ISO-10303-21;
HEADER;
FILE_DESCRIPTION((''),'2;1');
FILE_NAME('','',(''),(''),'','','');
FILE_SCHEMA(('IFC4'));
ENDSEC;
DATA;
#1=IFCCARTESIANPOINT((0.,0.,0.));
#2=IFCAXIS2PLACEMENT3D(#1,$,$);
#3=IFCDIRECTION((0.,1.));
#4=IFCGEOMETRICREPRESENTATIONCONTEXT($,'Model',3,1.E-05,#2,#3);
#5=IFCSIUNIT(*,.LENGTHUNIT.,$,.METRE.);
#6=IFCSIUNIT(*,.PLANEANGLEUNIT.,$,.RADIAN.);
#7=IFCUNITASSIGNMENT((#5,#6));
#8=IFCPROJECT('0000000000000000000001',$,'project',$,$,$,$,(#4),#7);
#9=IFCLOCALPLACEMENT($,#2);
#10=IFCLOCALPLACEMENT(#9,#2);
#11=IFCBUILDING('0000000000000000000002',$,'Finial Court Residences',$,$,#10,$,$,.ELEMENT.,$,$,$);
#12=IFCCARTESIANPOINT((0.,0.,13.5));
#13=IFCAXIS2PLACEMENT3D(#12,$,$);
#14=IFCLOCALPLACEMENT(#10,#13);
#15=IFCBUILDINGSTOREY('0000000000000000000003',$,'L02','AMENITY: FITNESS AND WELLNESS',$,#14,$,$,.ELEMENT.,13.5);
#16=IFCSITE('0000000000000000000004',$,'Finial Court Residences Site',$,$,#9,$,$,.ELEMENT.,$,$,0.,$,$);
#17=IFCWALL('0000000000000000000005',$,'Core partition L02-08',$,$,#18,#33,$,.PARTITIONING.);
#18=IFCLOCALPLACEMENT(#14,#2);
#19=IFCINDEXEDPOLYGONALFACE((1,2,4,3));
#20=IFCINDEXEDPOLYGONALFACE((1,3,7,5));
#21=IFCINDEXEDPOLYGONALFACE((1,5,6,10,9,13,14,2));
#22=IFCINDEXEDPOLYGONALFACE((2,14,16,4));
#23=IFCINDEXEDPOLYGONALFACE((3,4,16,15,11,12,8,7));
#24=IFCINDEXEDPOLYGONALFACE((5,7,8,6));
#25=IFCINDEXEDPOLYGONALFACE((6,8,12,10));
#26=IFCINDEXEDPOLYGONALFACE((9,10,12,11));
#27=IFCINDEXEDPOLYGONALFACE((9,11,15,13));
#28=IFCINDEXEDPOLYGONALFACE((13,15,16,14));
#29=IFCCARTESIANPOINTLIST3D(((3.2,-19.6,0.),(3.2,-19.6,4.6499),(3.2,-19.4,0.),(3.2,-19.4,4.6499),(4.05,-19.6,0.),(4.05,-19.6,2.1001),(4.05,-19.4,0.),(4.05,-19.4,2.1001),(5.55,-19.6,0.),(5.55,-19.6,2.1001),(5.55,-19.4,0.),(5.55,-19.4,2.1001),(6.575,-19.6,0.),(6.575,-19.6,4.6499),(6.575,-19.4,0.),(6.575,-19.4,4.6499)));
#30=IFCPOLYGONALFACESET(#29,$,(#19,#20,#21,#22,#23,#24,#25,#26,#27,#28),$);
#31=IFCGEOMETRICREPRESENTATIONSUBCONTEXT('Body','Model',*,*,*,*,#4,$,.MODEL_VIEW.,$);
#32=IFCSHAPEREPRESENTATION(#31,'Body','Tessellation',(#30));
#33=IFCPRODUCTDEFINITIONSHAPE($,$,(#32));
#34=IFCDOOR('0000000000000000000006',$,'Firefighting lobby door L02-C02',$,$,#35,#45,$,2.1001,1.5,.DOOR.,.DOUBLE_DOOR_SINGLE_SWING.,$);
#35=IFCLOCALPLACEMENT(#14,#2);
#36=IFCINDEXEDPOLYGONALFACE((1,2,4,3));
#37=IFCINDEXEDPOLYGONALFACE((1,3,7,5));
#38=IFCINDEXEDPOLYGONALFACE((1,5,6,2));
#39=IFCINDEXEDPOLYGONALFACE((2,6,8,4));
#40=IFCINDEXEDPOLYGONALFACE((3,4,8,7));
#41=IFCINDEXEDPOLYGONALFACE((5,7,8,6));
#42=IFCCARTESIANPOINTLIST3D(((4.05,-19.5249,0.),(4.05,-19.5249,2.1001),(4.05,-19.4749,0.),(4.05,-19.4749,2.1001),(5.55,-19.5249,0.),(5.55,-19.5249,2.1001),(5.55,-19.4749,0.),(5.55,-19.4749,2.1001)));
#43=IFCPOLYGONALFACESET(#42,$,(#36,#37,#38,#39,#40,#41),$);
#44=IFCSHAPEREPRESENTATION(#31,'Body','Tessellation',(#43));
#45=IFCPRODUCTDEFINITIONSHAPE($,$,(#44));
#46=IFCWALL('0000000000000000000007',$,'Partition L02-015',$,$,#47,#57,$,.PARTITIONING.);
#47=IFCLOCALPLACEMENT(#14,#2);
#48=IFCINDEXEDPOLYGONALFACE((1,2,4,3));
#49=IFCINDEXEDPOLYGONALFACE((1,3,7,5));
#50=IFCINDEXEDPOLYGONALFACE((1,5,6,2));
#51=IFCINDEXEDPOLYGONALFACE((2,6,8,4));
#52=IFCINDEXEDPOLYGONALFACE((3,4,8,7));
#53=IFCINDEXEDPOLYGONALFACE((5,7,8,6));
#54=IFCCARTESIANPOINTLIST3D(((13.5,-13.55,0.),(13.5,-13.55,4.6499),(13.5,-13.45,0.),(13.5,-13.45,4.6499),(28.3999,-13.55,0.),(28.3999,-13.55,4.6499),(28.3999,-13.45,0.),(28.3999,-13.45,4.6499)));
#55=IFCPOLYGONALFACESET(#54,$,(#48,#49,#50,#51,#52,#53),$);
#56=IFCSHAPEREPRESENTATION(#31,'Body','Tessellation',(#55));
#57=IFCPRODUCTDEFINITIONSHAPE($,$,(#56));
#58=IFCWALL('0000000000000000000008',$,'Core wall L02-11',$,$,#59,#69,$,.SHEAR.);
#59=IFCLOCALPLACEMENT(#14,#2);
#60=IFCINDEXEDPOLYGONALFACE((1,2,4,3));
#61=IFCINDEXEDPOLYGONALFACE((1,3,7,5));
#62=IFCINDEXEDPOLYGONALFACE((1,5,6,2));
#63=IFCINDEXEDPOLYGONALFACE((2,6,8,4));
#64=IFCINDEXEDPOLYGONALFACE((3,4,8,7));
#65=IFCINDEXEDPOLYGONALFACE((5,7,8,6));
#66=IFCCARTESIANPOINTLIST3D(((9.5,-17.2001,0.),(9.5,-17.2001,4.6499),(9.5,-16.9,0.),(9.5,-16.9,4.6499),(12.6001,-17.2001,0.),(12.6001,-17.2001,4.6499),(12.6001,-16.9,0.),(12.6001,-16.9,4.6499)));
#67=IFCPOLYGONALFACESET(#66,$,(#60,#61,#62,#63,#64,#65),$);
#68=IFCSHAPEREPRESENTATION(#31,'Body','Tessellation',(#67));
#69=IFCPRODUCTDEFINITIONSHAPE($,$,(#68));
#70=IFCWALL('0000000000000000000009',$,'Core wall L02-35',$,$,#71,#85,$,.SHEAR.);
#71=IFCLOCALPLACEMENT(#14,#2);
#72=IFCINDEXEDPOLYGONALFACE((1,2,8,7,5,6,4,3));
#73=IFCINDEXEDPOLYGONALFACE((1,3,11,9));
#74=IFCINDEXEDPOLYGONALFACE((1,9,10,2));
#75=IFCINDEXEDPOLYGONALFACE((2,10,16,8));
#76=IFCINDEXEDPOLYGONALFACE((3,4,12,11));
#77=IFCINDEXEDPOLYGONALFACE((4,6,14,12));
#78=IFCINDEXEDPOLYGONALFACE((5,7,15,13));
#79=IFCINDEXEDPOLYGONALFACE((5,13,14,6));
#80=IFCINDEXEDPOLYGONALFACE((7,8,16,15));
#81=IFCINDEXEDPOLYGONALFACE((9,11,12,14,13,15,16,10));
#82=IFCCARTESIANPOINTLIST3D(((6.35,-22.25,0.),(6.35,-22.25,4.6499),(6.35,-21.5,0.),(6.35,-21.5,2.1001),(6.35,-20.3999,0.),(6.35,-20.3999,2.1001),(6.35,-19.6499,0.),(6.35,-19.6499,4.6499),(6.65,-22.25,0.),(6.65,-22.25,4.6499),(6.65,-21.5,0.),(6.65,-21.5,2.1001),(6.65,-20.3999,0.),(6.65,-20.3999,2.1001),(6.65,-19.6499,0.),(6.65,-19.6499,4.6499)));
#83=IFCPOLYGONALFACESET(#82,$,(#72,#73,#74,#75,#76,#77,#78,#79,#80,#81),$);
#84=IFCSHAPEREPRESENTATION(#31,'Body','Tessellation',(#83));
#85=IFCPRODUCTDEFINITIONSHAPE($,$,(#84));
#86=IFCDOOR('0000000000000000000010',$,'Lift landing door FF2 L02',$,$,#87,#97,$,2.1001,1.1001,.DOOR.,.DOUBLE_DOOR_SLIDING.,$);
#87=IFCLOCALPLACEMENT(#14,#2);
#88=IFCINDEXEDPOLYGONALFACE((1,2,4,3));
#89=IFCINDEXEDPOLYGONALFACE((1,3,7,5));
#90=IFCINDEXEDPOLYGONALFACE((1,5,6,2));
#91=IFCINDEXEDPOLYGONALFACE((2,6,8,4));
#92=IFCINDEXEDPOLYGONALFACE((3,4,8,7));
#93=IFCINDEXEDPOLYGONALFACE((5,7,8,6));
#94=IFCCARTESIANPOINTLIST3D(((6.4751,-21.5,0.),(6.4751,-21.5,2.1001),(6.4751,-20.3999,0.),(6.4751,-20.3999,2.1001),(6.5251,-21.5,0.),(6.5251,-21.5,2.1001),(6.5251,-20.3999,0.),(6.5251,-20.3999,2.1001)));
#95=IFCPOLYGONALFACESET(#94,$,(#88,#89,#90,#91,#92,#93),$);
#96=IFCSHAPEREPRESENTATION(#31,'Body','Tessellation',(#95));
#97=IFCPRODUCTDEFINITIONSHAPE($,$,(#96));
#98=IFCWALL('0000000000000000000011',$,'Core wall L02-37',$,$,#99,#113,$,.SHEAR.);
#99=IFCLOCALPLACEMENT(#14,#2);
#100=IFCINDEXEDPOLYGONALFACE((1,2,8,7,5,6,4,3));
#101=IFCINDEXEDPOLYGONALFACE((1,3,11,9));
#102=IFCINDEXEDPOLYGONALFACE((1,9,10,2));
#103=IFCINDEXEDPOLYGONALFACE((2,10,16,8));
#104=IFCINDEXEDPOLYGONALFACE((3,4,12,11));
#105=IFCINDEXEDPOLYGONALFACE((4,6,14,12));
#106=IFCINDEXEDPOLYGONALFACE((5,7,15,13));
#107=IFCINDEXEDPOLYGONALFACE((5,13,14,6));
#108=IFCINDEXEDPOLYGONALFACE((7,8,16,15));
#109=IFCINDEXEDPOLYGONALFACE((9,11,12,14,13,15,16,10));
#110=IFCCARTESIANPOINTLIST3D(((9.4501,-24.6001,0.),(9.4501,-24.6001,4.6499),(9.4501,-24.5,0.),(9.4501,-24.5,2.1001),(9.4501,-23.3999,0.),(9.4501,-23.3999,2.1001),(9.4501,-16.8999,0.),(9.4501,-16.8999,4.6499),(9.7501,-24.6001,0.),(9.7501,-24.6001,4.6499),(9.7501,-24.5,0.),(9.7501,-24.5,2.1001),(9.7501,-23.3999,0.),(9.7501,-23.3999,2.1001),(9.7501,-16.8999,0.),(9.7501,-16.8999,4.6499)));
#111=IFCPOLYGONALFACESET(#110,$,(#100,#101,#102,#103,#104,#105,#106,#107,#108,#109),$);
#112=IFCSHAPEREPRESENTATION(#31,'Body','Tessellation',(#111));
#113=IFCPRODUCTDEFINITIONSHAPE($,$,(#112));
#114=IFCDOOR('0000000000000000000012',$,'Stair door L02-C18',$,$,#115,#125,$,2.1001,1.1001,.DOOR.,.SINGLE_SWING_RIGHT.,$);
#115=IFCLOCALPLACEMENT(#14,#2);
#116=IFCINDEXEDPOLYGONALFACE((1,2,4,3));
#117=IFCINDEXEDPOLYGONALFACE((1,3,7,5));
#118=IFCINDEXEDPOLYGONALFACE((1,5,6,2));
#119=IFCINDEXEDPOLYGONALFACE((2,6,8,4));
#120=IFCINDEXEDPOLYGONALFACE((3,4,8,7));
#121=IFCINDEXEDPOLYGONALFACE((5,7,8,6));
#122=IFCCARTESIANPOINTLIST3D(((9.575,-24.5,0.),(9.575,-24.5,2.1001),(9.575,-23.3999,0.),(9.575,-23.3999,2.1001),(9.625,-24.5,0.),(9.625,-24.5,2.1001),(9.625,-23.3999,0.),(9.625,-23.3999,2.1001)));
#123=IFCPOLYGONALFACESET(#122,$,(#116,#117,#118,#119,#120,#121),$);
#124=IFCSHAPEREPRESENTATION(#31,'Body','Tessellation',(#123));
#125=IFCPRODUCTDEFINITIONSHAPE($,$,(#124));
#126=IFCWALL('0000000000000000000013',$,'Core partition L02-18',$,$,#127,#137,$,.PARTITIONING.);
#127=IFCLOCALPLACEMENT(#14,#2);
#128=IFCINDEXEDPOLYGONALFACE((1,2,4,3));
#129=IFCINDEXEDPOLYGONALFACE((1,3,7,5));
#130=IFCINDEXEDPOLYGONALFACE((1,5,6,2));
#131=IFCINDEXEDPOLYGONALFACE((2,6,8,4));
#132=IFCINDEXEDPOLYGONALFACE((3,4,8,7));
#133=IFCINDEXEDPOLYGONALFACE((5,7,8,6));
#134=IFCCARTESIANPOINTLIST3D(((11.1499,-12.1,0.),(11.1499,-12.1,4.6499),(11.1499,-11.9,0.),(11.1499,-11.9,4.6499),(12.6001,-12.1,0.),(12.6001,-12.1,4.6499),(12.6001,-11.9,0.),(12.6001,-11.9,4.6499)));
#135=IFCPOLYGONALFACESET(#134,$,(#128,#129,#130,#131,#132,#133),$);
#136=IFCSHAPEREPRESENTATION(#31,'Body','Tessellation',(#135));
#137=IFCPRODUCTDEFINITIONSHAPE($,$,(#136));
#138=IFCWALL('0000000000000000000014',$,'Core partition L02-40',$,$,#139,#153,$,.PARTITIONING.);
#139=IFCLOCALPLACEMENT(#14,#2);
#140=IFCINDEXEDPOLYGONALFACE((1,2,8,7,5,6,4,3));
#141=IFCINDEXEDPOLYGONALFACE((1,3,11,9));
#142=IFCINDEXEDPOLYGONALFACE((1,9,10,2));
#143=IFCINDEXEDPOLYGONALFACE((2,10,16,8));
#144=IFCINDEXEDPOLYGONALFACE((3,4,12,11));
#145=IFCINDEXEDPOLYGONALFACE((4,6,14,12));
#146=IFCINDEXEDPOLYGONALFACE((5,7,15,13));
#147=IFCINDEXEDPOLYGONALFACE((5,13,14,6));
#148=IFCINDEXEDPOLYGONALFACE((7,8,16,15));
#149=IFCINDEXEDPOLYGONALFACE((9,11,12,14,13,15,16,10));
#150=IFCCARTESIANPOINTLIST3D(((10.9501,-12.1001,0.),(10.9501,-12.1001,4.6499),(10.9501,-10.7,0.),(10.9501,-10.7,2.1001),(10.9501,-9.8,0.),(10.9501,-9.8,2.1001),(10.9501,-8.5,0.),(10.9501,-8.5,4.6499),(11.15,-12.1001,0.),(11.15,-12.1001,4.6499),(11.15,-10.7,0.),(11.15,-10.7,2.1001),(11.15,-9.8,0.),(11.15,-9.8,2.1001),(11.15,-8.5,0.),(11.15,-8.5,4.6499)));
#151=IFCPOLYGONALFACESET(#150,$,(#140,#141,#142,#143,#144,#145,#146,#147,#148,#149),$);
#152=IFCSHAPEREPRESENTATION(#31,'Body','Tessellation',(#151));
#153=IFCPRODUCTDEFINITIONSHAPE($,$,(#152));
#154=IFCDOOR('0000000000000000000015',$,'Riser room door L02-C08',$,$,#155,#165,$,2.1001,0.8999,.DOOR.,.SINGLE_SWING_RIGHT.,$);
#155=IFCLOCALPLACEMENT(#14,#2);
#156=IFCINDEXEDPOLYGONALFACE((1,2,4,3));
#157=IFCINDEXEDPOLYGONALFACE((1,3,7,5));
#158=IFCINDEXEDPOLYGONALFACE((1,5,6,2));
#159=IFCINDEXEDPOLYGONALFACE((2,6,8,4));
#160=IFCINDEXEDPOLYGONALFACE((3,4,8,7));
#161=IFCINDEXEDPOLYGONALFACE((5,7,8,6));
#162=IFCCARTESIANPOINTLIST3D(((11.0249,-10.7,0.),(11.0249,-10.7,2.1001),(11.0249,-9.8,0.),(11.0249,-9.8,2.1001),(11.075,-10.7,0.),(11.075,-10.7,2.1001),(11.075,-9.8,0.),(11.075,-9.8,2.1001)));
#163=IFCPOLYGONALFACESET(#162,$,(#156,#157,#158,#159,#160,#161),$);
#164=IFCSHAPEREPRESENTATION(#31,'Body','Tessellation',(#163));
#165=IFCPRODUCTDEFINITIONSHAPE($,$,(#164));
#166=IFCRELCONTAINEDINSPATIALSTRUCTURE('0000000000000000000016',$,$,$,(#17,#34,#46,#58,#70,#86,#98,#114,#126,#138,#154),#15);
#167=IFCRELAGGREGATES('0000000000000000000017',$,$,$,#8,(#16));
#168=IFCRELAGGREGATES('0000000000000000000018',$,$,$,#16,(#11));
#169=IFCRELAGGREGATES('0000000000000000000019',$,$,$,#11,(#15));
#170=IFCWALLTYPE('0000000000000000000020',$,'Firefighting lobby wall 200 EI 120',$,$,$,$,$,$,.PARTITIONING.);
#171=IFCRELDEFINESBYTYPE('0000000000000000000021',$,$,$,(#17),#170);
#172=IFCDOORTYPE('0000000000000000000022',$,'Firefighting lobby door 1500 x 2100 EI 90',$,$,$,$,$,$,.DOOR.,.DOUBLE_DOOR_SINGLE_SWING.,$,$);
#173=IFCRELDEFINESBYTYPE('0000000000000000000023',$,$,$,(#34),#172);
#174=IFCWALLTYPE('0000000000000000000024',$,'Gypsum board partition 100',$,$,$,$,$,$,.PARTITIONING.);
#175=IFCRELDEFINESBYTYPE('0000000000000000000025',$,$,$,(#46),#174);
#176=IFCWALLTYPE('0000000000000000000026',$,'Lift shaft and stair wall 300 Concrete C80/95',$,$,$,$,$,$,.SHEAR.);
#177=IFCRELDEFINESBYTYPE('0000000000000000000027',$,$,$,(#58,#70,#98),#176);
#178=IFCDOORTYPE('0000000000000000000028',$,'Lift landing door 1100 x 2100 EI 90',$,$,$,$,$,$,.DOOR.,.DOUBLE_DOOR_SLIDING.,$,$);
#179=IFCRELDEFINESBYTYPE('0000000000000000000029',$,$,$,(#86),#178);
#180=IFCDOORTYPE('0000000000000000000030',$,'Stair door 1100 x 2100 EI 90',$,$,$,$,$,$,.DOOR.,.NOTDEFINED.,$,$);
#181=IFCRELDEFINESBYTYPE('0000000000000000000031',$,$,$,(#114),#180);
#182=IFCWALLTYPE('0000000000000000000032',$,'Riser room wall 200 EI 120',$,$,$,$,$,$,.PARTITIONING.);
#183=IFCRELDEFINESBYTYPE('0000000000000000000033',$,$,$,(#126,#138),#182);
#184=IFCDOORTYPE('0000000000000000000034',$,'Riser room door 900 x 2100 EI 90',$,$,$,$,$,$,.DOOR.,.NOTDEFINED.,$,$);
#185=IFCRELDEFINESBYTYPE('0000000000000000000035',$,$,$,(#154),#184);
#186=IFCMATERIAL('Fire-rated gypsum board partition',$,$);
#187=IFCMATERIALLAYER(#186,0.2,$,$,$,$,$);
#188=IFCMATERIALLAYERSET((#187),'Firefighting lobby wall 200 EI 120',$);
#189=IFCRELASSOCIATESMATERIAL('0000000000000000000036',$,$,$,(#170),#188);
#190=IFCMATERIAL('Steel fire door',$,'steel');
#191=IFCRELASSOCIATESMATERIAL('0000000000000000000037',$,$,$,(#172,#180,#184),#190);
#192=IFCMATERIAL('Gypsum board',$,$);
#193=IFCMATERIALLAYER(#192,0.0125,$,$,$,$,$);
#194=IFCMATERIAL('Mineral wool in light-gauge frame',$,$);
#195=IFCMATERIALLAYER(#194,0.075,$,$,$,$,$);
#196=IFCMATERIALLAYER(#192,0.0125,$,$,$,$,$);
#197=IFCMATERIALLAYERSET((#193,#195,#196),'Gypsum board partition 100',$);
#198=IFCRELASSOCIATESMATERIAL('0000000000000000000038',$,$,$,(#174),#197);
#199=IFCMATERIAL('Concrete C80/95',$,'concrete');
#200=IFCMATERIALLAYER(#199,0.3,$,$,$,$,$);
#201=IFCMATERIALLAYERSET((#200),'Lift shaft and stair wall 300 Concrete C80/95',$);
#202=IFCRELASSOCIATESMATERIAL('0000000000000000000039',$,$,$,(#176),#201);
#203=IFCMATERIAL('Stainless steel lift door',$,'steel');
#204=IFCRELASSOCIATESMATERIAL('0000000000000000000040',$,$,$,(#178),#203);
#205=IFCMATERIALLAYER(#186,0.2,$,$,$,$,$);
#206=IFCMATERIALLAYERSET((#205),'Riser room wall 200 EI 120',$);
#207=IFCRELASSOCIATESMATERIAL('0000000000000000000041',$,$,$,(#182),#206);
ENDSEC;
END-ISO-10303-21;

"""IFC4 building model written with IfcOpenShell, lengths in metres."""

from ifc_helpers import new_model, si_unit, direction, frame, frame_2d, origin, place, context, subcontext, project, spatial, rectangle, extrude, material, layer, layer_set, type_object, element, fill, save


model = new_model("IFC4")

# Units and contexts
model_context = context("Model", 3, precision=1e-05, world=origin(), true_north=direction((0.0, 1.0)))
body_context = subcontext(model_context, "Body", "Model", "MODEL_VIEW")
ifc_project = project(units=[si_unit("LENGTHUNIT", "METRE"), si_unit("PLANEANGLEUNIT", "RADIAN")], contexts=[model_context])

# Site, building, storey
site_placement = place(None, origin())
site = spatial("IfcSite", under=ifc_project, at=site_placement, Name="Finial Court Residences Site", CompositionType="ELEMENT", RefElevation=0.0)
building_placement = place(site_placement, origin())
building = spatial("IfcBuilding", under=site, at=building_placement, Name="Finial Court Residences", CompositionType="ELEMENT")
storey_placement = place(building_placement, frame((0.0, 0.0, 13.5)))
storey = spatial("IfcBuildingStorey", under=building, at=storey_placement, Name="L02", Description="AMENITY: FITNESS AND WELLNESS", CompositionType="ELEMENT", Elevation=13.5)

# Shared definitions
ifc_material_1 = material(Name="Concrete C80/95", Category="concrete")

# Shared definitions
ifc_material_2 = material(Name="Fire-rated gypsum board partition")

# Shared definitions
ifc_material_3 = material(Name="Steel fire door", Category="steel")

# Wall, opening, door
ifc_material_4 = material(Name="Gypsum board")
ifc_layer_1 = layer(ifc_material_2, 0.2)
ifc_layer_set_1 = layer_set([ifc_layer_1], Name="Firefighting lobby wall 200 EI 120")
wall_type_1 = type_object("IfcWallType", Name="Firefighting lobby wall 200 EI 120", PredefinedType="PARTITIONING", material=ifc_layer_set_1)
wall_1_placement = place(storey_placement, frame((6.575, -19.5, 0.0), z_axis=(0.0, 0.0, 1.0), x_axis=(-1.0, 0.0, 0.0)))
wall_1 = element("IfcWall", 1, at=wall_1_placement, inside=storey, type_object=wall_type_1, Name="Core partition L02-08", PredefinedType="PARTITIONING", context=body_context, shape_type="SweptSolid", body=[
    extrude(rectangle(XDim=3.375, YDim=0.2, at=frame_2d((1.6875, 0.0))), origin(), (0.0, 0.0, 1.0), 4.6499),
])
opening_1_placement = place(wall_1_placement, frame((1.0249, 0.0, 0.0)))
opening_1 = element("IfcOpeningElement", 2, at=opening_1_placement, cuts=wall_1, PredefinedType="OPENING", context=body_context, shape_type="SweptSolid", body=[
    extrude(rectangle(XDim=1.5, YDim=2.1001, at=frame_2d((0.75, 1.05))), frame((0.0, 0.1099, 0.0), z_axis=(0.0, -1.0, 0.0), x_axis=(1.0, 0.0, 0.0)), (0.0, 0.0, 1.0), 0.22),
])
door_type_1 = type_object("IfcDoorType", Name="Firefighting lobby door 1500 x 2100 EI 90", OperationType="DOUBLE_DOOR_SINGLE_SWING", PredefinedType="DOOR", material=ifc_material_3)
door_1_placement = place(opening_1_placement, origin())
door_1 = element("IfcDoor", 3, at=door_1_placement, inside=storey, type_object=door_type_1, Name="Firefighting lobby door L02-C02", OperationType="DOUBLE_DOOR_SINGLE_SWING", OverallHeight=2.1001, OverallWidth=1.5, PredefinedType="DOOR", context=body_context, shape_type="SweptSolid", body=[
    extrude(rectangle(XDim=1.5, YDim=2.1001, at=frame_2d((0.75, 1.05))), frame((0.0, 0.0249, 0.0), z_axis=(0.0, -1.0, 0.0), x_axis=(1.0, 0.0, 0.0)), (0.0, 0.0, 1.0), 0.05),
])
fill(opening_1, door_1)

# Walls
ifc_layer_2 = layer(ifc_material_4, 0.0125)
ifc_material_5 = material(Name="Mineral wool in light-gauge frame")
ifc_layer_3 = layer(ifc_material_5, 0.075)
ifc_layer_4 = layer(ifc_material_4, 0.0125)
ifc_layer_set_2 = layer_set([ifc_layer_2, ifc_layer_3, ifc_layer_4], Name="Gypsum board partition 100")
wall_type_2 = type_object("IfcWallType", Name="Gypsum board partition 100", PredefinedType="PARTITIONING", material=ifc_layer_set_2)
wall_2_placement = place(storey_placement, frame((13.5, -13.5, 0.0), z_axis=(0.0, 0.0, 1.0), x_axis=(1.0, 0.0, 0.0)))
element("IfcWall", 4, at=wall_2_placement, inside=storey, type_object=wall_type_2, Name="Partition L02-015", PredefinedType="PARTITIONING", context=body_context, shape_type="SweptSolid", body=[
    extrude(rectangle(XDim=14.8999, YDim=0.1001, at=frame_2d((7.45, 0.0))), origin(), (0.0, 0.0, 1.0), 4.6499),
])
ifc_layer_5 = layer(ifc_material_1, 0.3)
ifc_layer_set_3 = layer_set([ifc_layer_5], Name="Lift shaft and stair wall 300 Concrete C80/95")
wall_type_3 = type_object("IfcWallType", Name="Lift shaft and stair wall 300 Concrete C80/95", PredefinedType="SHEAR", material=ifc_layer_set_3)
wall_3_placement = place(storey_placement, frame((9.5, -17.05, 0.0), z_axis=(0.0, 0.0, 1.0), x_axis=(1.0, 0.0, 0.0)))
element("IfcWall", 5, at=wall_3_placement, inside=storey, type_object=wall_type_3, Name="Core wall L02-11", PredefinedType="SHEAR", context=body_context, shape_type="SweptSolid", body=[
    extrude(rectangle(XDim=3.1001, YDim=0.3, at=frame_2d((1.55, 0.0))), origin(), (0.0, 0.0, 1.0), 4.6499),
])

# Walls, openings, doors
wall_4_placement = place(storey_placement, frame((6.5, -22.25, 0.0), z_axis=(0.0, 0.0, 1.0), x_axis=(0.0, 1.0, 0.0)))
wall_4 = element("IfcWall", 6, at=wall_4_placement, inside=storey, type_object=wall_type_3, Name="Core wall L02-35", PredefinedType="SHEAR", context=body_context, shape_type="SweptSolid", body=[
    extrude(rectangle(XDim=2.6001, YDim=0.3, at=frame_2d((1.3, 0.0))), origin(), (0.0, 0.0, 1.0), 4.6499),
])
opening_2_placement = place(wall_4_placement, frame((0.75, 0.0, 0.0)))
opening_2 = element("IfcOpeningElement", 7, at=opening_2_placement, cuts=wall_4, PredefinedType="OPENING", context=body_context, shape_type="SweptSolid", body=[
    extrude(rectangle(XDim=1.1001, YDim=2.1001, at=frame_2d((0.55, 1.05))), frame((0.0, 0.1599, 0.0), z_axis=(0.0, -1.0, 0.0), x_axis=(1.0, 0.0, 0.0)), (0.0, 0.0, 1.0), 0.3201),
])
ifc_material_6 = material(Name="Stainless steel lift door", Category="steel")
door_type_2 = type_object("IfcDoorType", Name="Lift landing door 1100 x 2100 EI 90", OperationType="DOUBLE_DOOR_SLIDING", PredefinedType="DOOR", material=ifc_material_6)
door_2_placement = place(opening_2_placement, origin())
door_2 = element("IfcDoor", 8, at=door_2_placement, inside=storey, type_object=door_type_2, Name="Lift landing door FF2 L02", OperationType="DOUBLE_DOOR_SLIDING", OverallHeight=2.1001, OverallWidth=1.1001, PredefinedType="DOOR", context=body_context, shape_type="SweptSolid", body=[
    extrude(rectangle(XDim=1.1001, YDim=2.1001, at=frame_2d((0.55, 1.05))), frame((0.0, 0.0249, 0.0), z_axis=(0.0, -1.0, 0.0), x_axis=(1.0, 0.0, 0.0)), (0.0, 0.0, 1.0), 0.05),
])
fill(opening_2, door_2)
wall_5_placement = place(storey_placement, frame((9.6001, -16.8999, 0.0), z_axis=(0.0, 0.0, 1.0), x_axis=(0.0, -1.0, 0.0)))
wall_5 = element("IfcWall", 9, at=wall_5_placement, inside=storey, type_object=wall_type_3, Name="Core wall L02-37", PredefinedType="SHEAR", context=body_context, shape_type="SweptSolid", body=[
    extrude(rectangle(XDim=7.7002, YDim=0.3, at=frame_2d((3.8501, 0.0))), origin(), (0.0, 0.0, 1.0), 4.6499),
])
opening_3_placement = place(wall_5_placement, frame((6.5, 0.0, 0.0)))
opening_3 = element("IfcOpeningElement", 10, at=opening_3_placement, cuts=wall_5, PredefinedType="OPENING", context=body_context, shape_type="SweptSolid", body=[
    extrude(rectangle(XDim=1.1001, YDim=2.1001, at=frame_2d((0.55, 1.05))), frame((0.0, 0.1599, 0.0), z_axis=(0.0, -1.0, 0.0), x_axis=(1.0, 0.0, 0.0)), (0.0, 0.0, 1.0), 0.3201),
])
door_type_3 = type_object("IfcDoorType", Name="Stair door 1100 x 2100 EI 90", OperationType="NOTDEFINED", PredefinedType="DOOR", material=ifc_material_3)
door_3_placement = place(opening_3_placement, origin())
door_3 = element("IfcDoor", 11, at=door_3_placement, inside=storey, type_object=door_type_3, Name="Stair door L02-C18", OperationType="SINGLE_SWING_RIGHT", OverallHeight=2.1001, OverallWidth=1.1001, PredefinedType="DOOR", context=body_context, shape_type="SweptSolid", body=[
    extrude(rectangle(XDim=1.1001, YDim=2.1001, at=frame_2d((0.55, 1.05))), frame((0.0, 0.0249, 0.0), z_axis=(0.0, -1.0, 0.0), x_axis=(1.0, 0.0, 0.0)), (0.0, 0.0, 1.0), 0.05),
])
fill(opening_3, door_3)

# Wall
ifc_layer_6 = layer(ifc_material_2, 0.2)
ifc_layer_set_4 = layer_set([ifc_layer_6], Name="Riser room wall 200 EI 120")
wall_type_4 = type_object("IfcWallType", Name="Riser room wall 200 EI 120", PredefinedType="PARTITIONING", material=ifc_layer_set_4)
wall_6_placement = place(storey_placement, frame((11.1499, -12.0, 0.0), z_axis=(0.0, 0.0, 1.0), x_axis=(1.0, 0.0, 0.0)))
element("IfcWall", 12, at=wall_6_placement, inside=storey, type_object=wall_type_4, Name="Core partition L02-18", PredefinedType="PARTITIONING", context=body_context, shape_type="SweptSolid", body=[
    extrude(rectangle(XDim=1.4502, YDim=0.2, at=frame_2d((0.7251, 0.0))), origin(), (0.0, 0.0, 1.0), 4.6499),
])

# Wall, opening, door
wall_7_placement = place(storey_placement, frame((11.05, -8.5, 0.0), z_axis=(0.0, 0.0, 1.0), x_axis=(0.0, -1.0, 0.0)))
wall_7 = element("IfcWall", 13, at=wall_7_placement, inside=storey, type_object=wall_type_4, Name="Core partition L02-40", PredefinedType="PARTITIONING", context=body_context, shape_type="SweptSolid", body=[
    extrude(rectangle(XDim=3.6001, YDim=0.2, at=frame_2d((1.8, 0.0))), origin(), (0.0, 0.0, 1.0), 4.6499),
])
opening_4_placement = place(wall_7_placement, frame((1.3, 0.0, 0.0)))
opening_4 = element("IfcOpeningElement", 14, at=opening_4_placement, cuts=wall_7, PredefinedType="OPENING", context=body_context, shape_type="SweptSolid", body=[
    extrude(rectangle(XDim=0.8999, YDim=2.1001, at=frame_2d((0.45, 1.05))), frame((0.0, 0.1099, 0.0), z_axis=(0.0, -1.0, 0.0), x_axis=(1.0, 0.0, 0.0)), (0.0, 0.0, 1.0), 0.22),
])
door_type_4 = type_object("IfcDoorType", Name="Riser room door 900 x 2100 EI 90", OperationType="NOTDEFINED", PredefinedType="DOOR", material=ifc_material_3)
door_4_placement = place(opening_4_placement, origin())
door_4 = element("IfcDoor", 15, at=door_4_placement, inside=storey, type_object=door_type_4, Name="Riser room door L02-C08", OperationType="SINGLE_SWING_RIGHT", OverallHeight=2.1001, OverallWidth=0.8999, PredefinedType="DOOR", context=body_context, shape_type="SweptSolid", body=[
    extrude(rectangle(XDim=0.8999, YDim=2.1001, at=frame_2d((0.45, 1.05))), frame((0.0, 0.0249, 0.0), z_axis=(0.0, -1.0, 0.0), x_axis=(1.0, 0.0, 0.0)), (0.0, 0.0, 1.0), 0.05),
])
fill(opening_4, door_4)

save(model, "model.ifc")
